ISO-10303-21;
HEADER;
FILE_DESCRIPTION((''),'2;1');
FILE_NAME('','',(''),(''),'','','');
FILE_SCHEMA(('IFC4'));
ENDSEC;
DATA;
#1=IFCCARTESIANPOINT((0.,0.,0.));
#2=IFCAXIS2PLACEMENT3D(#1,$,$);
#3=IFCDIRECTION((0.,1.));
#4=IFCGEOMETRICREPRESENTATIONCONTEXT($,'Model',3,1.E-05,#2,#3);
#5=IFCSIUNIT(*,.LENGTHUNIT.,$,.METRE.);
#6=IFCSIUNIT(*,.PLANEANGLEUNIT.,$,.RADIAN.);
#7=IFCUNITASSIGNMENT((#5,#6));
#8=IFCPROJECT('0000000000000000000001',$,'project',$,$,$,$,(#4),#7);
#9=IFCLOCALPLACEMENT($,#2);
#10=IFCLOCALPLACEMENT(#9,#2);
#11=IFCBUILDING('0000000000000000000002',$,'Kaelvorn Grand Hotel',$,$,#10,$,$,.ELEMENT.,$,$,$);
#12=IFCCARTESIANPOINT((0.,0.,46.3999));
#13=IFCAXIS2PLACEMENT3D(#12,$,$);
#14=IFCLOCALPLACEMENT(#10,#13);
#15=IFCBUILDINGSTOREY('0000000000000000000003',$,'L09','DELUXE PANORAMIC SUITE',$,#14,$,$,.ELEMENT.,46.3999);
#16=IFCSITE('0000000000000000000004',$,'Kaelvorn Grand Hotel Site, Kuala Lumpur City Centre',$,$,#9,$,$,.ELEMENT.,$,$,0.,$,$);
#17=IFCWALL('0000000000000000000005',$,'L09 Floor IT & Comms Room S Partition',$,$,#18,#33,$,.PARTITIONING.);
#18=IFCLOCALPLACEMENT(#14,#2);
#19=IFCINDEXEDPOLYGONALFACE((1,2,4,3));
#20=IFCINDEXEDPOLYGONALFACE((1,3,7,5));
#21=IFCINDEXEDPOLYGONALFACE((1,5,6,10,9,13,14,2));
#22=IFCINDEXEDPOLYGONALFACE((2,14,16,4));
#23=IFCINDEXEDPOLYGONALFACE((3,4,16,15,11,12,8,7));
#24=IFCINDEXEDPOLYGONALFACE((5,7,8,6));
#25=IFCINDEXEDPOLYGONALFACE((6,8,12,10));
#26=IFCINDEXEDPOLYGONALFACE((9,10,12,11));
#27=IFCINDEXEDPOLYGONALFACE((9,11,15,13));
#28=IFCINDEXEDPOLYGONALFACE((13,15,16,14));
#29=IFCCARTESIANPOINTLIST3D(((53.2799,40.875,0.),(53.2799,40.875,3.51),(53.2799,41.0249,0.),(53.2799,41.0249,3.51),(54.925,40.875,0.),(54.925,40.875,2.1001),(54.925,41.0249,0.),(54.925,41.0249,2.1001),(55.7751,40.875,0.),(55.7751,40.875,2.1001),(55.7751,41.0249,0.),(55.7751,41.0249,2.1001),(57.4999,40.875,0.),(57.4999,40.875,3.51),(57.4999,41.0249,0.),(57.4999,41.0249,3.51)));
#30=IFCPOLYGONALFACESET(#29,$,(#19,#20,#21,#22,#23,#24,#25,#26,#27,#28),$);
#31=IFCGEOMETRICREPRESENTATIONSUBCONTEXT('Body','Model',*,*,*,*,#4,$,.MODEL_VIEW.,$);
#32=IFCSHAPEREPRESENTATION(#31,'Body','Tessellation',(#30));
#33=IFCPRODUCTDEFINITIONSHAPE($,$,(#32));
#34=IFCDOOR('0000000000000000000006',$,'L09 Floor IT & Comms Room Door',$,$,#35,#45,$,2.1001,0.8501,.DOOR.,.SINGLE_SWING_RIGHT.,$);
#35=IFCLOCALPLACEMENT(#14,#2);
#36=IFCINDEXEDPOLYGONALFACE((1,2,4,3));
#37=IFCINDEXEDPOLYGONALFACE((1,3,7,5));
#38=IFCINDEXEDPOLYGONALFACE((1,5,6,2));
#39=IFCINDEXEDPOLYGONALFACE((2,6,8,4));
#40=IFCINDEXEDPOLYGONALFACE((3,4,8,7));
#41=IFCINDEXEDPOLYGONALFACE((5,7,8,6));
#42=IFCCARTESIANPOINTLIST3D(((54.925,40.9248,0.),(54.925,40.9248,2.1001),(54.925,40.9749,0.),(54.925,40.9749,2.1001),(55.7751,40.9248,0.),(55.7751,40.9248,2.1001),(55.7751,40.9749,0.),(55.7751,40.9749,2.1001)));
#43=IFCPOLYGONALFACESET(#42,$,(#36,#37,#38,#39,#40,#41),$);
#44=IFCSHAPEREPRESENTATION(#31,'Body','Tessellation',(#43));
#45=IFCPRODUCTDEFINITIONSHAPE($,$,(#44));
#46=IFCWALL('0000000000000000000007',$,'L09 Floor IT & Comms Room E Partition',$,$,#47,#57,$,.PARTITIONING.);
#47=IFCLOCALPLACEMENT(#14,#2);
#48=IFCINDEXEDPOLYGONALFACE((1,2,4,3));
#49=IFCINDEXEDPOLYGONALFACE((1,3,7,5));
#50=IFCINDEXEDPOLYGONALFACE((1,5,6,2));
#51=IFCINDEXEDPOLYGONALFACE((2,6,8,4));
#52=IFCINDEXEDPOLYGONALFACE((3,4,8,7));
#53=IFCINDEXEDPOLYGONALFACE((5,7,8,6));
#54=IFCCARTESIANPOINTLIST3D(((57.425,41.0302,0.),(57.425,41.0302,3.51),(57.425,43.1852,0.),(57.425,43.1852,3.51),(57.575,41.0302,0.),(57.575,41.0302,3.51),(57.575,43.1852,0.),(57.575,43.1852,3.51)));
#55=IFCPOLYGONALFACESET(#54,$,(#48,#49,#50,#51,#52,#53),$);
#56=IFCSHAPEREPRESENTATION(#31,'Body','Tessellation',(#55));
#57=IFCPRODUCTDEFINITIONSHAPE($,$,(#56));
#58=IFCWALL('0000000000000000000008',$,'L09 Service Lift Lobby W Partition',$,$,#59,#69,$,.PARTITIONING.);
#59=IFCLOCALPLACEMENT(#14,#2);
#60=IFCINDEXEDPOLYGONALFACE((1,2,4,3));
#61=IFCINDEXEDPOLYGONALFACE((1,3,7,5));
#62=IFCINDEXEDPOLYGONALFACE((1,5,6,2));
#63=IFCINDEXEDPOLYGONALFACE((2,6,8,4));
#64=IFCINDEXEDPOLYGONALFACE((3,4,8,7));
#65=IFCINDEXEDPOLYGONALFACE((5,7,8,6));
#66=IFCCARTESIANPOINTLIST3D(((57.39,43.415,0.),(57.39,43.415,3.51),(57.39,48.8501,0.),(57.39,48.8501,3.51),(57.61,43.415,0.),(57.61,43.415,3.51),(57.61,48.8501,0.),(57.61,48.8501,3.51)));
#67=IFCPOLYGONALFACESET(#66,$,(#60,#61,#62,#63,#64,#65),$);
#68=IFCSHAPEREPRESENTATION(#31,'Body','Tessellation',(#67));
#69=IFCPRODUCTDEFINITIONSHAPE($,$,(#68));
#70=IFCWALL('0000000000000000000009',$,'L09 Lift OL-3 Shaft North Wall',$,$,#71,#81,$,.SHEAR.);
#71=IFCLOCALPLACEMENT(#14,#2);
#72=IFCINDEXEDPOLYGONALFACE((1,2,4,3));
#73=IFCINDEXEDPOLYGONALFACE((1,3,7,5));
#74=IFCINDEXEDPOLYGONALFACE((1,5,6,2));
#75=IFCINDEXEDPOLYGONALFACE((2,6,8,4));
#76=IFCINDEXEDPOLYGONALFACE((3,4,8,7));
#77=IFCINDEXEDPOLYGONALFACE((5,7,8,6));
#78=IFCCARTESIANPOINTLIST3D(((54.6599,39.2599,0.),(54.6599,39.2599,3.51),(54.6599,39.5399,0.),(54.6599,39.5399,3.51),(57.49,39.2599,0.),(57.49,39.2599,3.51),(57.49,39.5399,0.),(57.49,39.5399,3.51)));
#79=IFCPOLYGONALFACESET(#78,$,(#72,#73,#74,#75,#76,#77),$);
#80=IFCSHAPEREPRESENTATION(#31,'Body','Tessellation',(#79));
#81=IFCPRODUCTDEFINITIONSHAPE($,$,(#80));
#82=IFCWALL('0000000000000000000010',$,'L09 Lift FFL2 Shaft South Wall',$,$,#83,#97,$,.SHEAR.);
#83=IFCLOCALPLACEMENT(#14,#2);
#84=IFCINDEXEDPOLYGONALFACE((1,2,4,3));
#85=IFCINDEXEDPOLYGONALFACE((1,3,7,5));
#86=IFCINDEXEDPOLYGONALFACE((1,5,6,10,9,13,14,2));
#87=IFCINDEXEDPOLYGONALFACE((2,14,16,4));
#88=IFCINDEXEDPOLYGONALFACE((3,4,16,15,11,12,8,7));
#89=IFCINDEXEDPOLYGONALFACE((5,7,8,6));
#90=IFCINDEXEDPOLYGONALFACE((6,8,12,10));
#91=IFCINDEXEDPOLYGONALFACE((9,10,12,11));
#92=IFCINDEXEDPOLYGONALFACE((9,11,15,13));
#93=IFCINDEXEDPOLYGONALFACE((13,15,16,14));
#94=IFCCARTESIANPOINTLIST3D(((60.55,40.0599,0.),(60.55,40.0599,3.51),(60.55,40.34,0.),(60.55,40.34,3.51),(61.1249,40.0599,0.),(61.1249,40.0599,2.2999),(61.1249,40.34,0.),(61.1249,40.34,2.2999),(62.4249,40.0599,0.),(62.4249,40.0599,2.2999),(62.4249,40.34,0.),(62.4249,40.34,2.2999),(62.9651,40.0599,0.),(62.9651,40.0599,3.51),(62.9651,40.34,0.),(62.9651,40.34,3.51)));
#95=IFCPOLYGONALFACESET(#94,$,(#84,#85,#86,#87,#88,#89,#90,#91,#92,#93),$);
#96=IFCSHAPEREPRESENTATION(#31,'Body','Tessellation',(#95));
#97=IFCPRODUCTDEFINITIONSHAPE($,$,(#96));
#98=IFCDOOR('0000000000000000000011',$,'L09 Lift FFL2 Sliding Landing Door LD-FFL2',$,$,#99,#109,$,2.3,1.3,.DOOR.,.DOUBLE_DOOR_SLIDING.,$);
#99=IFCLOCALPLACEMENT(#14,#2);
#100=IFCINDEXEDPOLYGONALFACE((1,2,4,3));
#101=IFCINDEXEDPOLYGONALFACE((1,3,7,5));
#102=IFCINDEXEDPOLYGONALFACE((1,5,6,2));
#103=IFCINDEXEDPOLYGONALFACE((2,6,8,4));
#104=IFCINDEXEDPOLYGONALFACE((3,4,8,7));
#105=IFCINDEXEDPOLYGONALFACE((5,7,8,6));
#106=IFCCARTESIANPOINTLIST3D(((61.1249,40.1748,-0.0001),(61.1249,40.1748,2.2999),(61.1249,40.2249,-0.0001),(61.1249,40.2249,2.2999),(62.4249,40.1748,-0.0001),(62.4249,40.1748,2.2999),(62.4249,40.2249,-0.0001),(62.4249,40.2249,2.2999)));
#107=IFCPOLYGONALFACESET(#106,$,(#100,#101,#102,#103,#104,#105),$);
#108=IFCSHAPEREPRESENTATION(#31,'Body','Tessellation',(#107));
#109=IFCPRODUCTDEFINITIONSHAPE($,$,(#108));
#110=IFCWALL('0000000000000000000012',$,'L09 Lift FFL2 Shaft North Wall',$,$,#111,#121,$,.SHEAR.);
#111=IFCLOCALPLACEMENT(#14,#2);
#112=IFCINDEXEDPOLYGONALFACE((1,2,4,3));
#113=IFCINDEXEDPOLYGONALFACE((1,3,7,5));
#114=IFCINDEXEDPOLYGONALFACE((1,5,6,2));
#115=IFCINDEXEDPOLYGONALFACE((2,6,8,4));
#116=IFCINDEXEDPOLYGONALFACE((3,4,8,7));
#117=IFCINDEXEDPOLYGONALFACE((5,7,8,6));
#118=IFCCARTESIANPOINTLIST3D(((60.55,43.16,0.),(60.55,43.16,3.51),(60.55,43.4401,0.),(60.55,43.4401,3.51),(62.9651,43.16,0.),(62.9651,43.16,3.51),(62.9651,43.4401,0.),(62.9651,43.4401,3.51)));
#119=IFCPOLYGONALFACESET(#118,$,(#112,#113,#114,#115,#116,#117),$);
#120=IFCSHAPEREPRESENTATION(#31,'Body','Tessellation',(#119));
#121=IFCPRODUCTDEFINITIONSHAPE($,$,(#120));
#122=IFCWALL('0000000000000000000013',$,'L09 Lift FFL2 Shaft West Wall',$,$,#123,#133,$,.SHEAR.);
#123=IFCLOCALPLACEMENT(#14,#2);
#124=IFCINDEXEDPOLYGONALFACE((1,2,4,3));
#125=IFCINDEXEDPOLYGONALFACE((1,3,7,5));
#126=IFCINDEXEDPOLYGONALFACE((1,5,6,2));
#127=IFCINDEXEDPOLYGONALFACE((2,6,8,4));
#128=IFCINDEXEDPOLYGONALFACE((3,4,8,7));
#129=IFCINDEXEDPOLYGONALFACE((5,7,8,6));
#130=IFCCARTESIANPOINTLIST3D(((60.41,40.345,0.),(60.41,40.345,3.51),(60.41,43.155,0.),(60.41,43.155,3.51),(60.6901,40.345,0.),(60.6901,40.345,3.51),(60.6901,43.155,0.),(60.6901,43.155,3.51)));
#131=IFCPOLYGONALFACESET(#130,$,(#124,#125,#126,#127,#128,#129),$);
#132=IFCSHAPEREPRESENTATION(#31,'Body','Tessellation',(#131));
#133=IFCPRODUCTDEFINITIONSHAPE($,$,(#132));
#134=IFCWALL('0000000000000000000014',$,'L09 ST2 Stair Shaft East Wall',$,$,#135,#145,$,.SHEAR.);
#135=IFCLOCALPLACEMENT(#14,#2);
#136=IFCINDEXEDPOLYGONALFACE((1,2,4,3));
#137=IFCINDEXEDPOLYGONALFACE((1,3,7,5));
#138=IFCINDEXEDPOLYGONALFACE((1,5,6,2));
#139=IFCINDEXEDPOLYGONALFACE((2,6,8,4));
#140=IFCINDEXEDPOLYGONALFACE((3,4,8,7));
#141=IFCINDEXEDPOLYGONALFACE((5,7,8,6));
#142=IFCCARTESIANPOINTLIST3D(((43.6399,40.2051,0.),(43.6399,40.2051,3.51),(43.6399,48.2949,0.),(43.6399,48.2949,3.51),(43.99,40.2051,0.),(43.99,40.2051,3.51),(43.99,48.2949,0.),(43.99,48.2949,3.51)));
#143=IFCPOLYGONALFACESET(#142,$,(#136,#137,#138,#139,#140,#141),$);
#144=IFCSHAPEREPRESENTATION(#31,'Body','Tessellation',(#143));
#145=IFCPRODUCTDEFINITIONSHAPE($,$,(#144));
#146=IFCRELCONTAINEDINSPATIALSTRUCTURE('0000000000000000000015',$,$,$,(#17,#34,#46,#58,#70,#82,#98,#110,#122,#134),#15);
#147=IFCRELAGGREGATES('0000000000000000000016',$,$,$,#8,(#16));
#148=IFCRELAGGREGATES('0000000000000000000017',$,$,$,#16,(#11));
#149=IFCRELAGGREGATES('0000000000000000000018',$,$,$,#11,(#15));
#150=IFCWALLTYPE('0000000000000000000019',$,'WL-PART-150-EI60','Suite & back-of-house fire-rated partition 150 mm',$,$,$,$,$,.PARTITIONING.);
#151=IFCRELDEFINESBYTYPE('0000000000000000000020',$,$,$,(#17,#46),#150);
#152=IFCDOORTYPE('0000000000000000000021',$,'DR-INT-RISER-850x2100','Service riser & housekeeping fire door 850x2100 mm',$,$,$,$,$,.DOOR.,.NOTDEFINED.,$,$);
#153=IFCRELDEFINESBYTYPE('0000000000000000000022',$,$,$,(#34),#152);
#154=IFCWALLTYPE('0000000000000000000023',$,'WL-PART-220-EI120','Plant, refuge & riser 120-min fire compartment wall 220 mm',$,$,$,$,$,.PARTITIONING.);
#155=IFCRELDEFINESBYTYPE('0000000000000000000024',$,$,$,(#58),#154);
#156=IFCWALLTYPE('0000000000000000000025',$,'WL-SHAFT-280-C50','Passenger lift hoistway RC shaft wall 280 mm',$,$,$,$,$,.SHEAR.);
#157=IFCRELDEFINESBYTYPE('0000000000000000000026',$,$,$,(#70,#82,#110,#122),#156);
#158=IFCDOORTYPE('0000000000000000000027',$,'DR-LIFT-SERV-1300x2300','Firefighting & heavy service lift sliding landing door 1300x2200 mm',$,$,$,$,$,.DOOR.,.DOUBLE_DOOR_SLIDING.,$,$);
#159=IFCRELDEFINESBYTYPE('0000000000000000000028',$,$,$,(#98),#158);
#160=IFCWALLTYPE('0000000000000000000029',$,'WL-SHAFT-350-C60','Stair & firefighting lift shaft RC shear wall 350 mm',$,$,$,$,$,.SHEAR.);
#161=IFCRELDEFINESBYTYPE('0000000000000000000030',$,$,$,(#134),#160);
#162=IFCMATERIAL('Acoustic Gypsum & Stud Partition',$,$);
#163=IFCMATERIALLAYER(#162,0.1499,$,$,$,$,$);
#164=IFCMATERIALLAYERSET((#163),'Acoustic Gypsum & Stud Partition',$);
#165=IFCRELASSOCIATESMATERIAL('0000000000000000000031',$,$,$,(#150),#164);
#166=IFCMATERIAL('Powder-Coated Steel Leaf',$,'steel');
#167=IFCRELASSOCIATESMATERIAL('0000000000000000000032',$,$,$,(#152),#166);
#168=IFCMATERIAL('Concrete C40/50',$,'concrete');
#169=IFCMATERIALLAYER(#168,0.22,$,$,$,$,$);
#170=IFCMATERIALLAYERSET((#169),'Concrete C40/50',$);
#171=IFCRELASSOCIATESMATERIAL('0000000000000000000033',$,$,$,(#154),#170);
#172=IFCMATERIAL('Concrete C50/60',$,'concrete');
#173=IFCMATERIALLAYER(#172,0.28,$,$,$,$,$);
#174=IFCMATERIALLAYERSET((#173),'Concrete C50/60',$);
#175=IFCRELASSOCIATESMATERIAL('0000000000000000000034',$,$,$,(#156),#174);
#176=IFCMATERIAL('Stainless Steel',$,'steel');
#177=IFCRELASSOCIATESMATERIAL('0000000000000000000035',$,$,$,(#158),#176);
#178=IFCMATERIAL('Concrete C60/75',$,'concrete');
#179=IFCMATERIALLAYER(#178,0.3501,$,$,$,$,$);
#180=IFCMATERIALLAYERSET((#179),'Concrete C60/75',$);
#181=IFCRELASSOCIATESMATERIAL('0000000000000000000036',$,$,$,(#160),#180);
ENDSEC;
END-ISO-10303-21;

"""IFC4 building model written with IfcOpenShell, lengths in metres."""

from ifc_helpers import new_model, si_unit, direction, frame, frame_2d, origin, place, context, subcontext, project, spatial, rectangle, extrude, material, layer, layer_set, type_object, element, fill, save


model = new_model("IFC4")

# Units and contexts
model_context = context("Model", 3, precision=1e-05, world=origin(), true_north=direction((0.0, 1.0)))
body_context = subcontext(model_context, "Body", "Model", "MODEL_VIEW")
ifc_project = project(units=[si_unit("LENGTHUNIT", "METRE"), si_unit("PLANEANGLEUNIT", "RADIAN")], contexts=[model_context])

# Site, building, storey
site_placement = place(None, origin())
site = spatial("IfcSite", under=ifc_project, at=site_placement, Name="Kaelvorn Grand Hotel Site, Kuala Lumpur City Centre", CompositionType="ELEMENT", RefElevation=0.0)
building_placement = place(site_placement, origin())
building = spatial("IfcBuilding", under=site, at=building_placement, Name="Kaelvorn Grand Hotel", CompositionType="ELEMENT")
storey_placement = place(building_placement, frame((0.0, 0.0, 46.3999)))
storey = spatial("IfcBuildingStorey", under=building, at=storey_placement, Name="L09", Description="DELUXE PANORAMIC SUITE", CompositionType="ELEMENT", Elevation=46.3999)

# Shared definitions
ifc_material_1 = material(Name="Concrete C60/75", Category="concrete")

# Shared definitions
ifc_material_2 = material(Name="Acoustic Gypsum & Stud Partition")
ifc_layer_1 = layer(ifc_material_2, 0.1499)
ifc_layer_set_1 = layer_set([ifc_layer_1], Name="Acoustic Gypsum & Stud Partition")
wall_type_1 = type_object("IfcWallType", Name="WL-PART-150-EI60", Description="Suite & back-of-house fire-rated partition 150 mm", PredefinedType="PARTITIONING", material=ifc_layer_set_1)
ifc_material_3 = material(Name="Powder-Coated Steel Leaf", Category="steel")
door_type_1 = type_object("IfcDoorType", Name="DR-INT-RISER-850x2100", Description="Service riser & housekeeping fire door 850x2100 mm", OperationType="NOTDEFINED", PredefinedType="DOOR", material=ifc_material_3)

# Wall, opening, door
wall_1_placement = place(storey_placement, frame((53.28, 40.95, 0.0), z_axis=(0.0, 0.0, 1.0), x_axis=(1.0, 0.0, 0.0)))
wall_1 = element("IfcWall", 1, at=wall_1_placement, inside=storey, type_object=wall_type_1, Name="L09 Floor IT & Comms Room S Partition", PredefinedType="PARTITIONING", context=body_context, shape_type="SweptSolid", body=[
    extrude(rectangle(XDim=4.22, YDim=0.1499, at=frame_2d((2.1099, 0.0))), origin(), (0.0, 0.0, 1.0), 3.51),
])
opening_1_placement = place(wall_1_placement, frame((1.645, 0.0, 0.0)))
opening_1 = element("IfcOpeningElement", 2, at=opening_1_placement, cuts=wall_1, PredefinedType="OPENING", context=body_context, shape_type="SweptSolid", body=[
    extrude(rectangle(XDim=0.8501, YDim=2.1001, at=frame_2d((0.425, 1.05))), frame((0.0, 0.085, 0.0), z_axis=(0.0, -1.0, 0.0), x_axis=(1.0, 0.0, 0.0)), (0.0, 0.0, 1.0), 0.1699),
])
door_1_placement = place(opening_1_placement, origin())
door_1 = element("IfcDoor", 3, at=door_1_placement, inside=storey, type_object=door_type_1, Name="L09 Floor IT & Comms Room Door", OperationType="SINGLE_SWING_RIGHT", OverallHeight=2.1001, OverallWidth=0.8501, PredefinedType="DOOR", context=body_context, shape_type="SweptSolid", body=[
    extrude(rectangle(XDim=0.8501, YDim=2.1001, at=frame_2d((0.425, 1.05))), frame((0.0, 0.0249, 0.0), z_axis=(0.0, -1.0, 0.0), x_axis=(1.0, 0.0, 0.0)), (0.0, 0.0, 1.0), 0.05),
])
fill(opening_1, door_1)

# Wall
wall_2_placement = place(storey_placement, frame((57.5, 41.03, 0.0), z_axis=(0.0, 0.0, 1.0), x_axis=(0.0, 1.0, 0.0)))
element("IfcWall", 4, at=wall_2_placement, inside=storey, type_object=wall_type_1, Name="L09 Floor IT & Comms Room E Partition", PredefinedType="PARTITIONING", context=body_context, shape_type="SweptSolid", body=[
    extrude(rectangle(XDim=2.155, YDim=0.1499, at=frame_2d((1.0776, 0.0))), origin(), (0.0, 0.0, 1.0), 3.51),
])

# Shared definitions
ifc_material_4 = material(Name="Concrete C40/50", Category="concrete")
ifc_layer_2 = layer(ifc_material_4, 0.22)
ifc_layer_set_2 = layer_set([ifc_layer_2], Name="Concrete C40/50")
wall_type_2 = type_object("IfcWallType", Name="WL-PART-220-EI120", Description="Plant, refuge & riser 120-min fire compartment wall 220 mm", PredefinedType="PARTITIONING", material=ifc_layer_set_2)

# Walls
wall_3_placement = place(storey_placement, frame((57.5, 43.415, 0.0), z_axis=(0.0, 0.0, 1.0), x_axis=(0.0, 1.0, 0.0)))
element("IfcWall", 5, at=wall_3_placement, inside=storey, type_object=wall_type_2, Name="L09 Service Lift Lobby W Partition", PredefinedType="PARTITIONING", context=body_context, shape_type="SweptSolid", body=[
    extrude(rectangle(XDim=5.4351, YDim=0.22, at=frame_2d((2.7175, 0.0))), origin(), (0.0, 0.0, 1.0), 3.51),
])
ifc_material_5 = material(Name="Concrete C50/60", Category="concrete")
ifc_layer_3 = layer(ifc_material_5, 0.28)
ifc_layer_set_3 = layer_set([ifc_layer_3], Name="Concrete C50/60")
wall_type_3 = type_object("IfcWallType", Name="WL-SHAFT-280-C50", Description="Passenger lift hoistway RC shaft wall 280 mm", PredefinedType="SHEAR", material=ifc_layer_set_3)
wall_4_placement = place(storey_placement, frame((54.6599, 39.3999, 0.0), z_axis=(0.0, 0.0, 1.0), x_axis=(1.0, 0.0, 0.0)))
element("IfcWall", 6, at=wall_4_placement, inside=storey, type_object=wall_type_3, Name="L09 Lift OL-3 Shaft North Wall", PredefinedType="SHEAR", context=body_context, shape_type="SweptSolid", body=[
    extrude(rectangle(XDim=2.8301, YDim=0.28, at=frame_2d((1.415, 0.0))), origin(), (0.0, 0.0, 1.0), 3.51),
])

# Wall, opening, door
wall_5_placement = place(storey_placement, frame((60.55, 40.2, 0.0), z_axis=(0.0, 0.0, 1.0), x_axis=(1.0, 0.0, 0.0)))
wall_5 = element("IfcWall", 7, at=wall_5_placement, inside=storey, type_object=wall_type_3, Name="L09 Lift FFL2 Shaft South Wall", PredefinedType="SHEAR", context=body_context, shape_type="SweptSolid", body=[
    extrude(rectangle(XDim=2.415, YDim=0.28, at=frame_2d((1.2075, 0.0))), origin(), (0.0, 0.0, 1.0), 3.51),
])
opening_2_placement = place(wall_5_placement, frame((0.575, 0.0, 0.0)))
opening_2 = element("IfcOpeningElement", 8, at=opening_2_placement, cuts=wall_5, PredefinedType="OPENING", context=body_context, shape_type="SweptSolid", body=[
    extrude(rectangle(XDim=1.3, YDim=2.3, at=frame_2d((0.6499, 1.1499))), frame((0.0, 0.1499, 0.0), z_axis=(0.0, -1.0, 0.0), x_axis=(1.0, 0.0, 0.0)), (0.0, 0.0, 1.0), 0.3),
])
ifc_material_6 = material(Name="Stainless Steel", Category="steel")
door_type_2 = type_object("IfcDoorType", Name="DR-LIFT-SERV-1300x2300", Description="Firefighting & heavy service lift sliding landing door 1300x2200 mm", OperationType="DOUBLE_DOOR_SLIDING", PredefinedType="DOOR", material=ifc_material_6)
door_2_placement = place(opening_2_placement, origin())
door_2 = element("IfcDoor", 9, at=door_2_placement, inside=storey, type_object=door_type_2, Name="L09 Lift FFL2 Sliding Landing Door LD-FFL2", OperationType="DOUBLE_DOOR_SLIDING", OverallHeight=2.3, OverallWidth=1.3, PredefinedType="DOOR", context=body_context, shape_type="SweptSolid", body=[
    extrude(rectangle(XDim=1.3, YDim=2.3, at=frame_2d((0.6499, 1.1499))), frame((0.0, 0.0249, 0.0), z_axis=(0.0, -1.0, 0.0), x_axis=(1.0, 0.0, 0.0)), (0.0, 0.0, 1.0), 0.05),
])
fill(opening_2, door_2)

# Walls
wall_6_placement = place(storey_placement, frame((60.55, 43.3, 0.0), z_axis=(0.0, 0.0, 1.0), x_axis=(1.0, 0.0, 0.0)))
element("IfcWall", 10, at=wall_6_placement, inside=storey, type_object=wall_type_3, Name="L09 Lift FFL2 Shaft North Wall", PredefinedType="SHEAR", context=body_context, shape_type="SweptSolid", body=[
    extrude(rectangle(XDim=2.415, YDim=0.28, at=frame_2d((1.2075, 0.0))), origin(), (0.0, 0.0, 1.0), 3.51),
])
wall_7_placement = place(storey_placement, frame((60.55, 40.345, 0.0), z_axis=(0.0, 0.0, 1.0), x_axis=(0.0, 1.0, 0.0)))
element("IfcWall", 11, at=wall_7_placement, inside=storey, type_object=wall_type_3, Name="L09 Lift FFL2 Shaft West Wall", PredefinedType="SHEAR", context=body_context, shape_type="SweptSolid", body=[
    extrude(rectangle(XDim=2.8101, YDim=0.28, at=frame_2d((1.405, 0.0))), origin(), (0.0, 0.0, 1.0), 3.51),
])
ifc_layer_4 = layer(ifc_material_1, 0.3501)
ifc_layer_set_4 = layer_set([ifc_layer_4], Name="Concrete C60/75")
wall_type_4 = type_object("IfcWallType", Name="WL-SHAFT-350-C60", Description="Stair & firefighting lift shaft RC shear wall 350 mm", PredefinedType="SHEAR", material=ifc_layer_set_4)
wall_8_placement = place(storey_placement, frame((43.8149, 40.2051, 0.0), z_axis=(0.0, 0.0, 1.0), x_axis=(0.0, 1.0, 0.0)))
element("IfcWall", 12, at=wall_8_placement, inside=storey, type_object=wall_type_4, Name="L09 ST2 Stair Shaft East Wall", PredefinedType="SHEAR", context=body_context, shape_type="SweptSolid", body=[
    extrude(rectangle(XDim=8.0898, YDim=0.3501, at=frame_2d((4.0449, 0.0))), origin(), (0.0, 0.0, 1.0), 3.51),
])

save(model, "model.ifc")
